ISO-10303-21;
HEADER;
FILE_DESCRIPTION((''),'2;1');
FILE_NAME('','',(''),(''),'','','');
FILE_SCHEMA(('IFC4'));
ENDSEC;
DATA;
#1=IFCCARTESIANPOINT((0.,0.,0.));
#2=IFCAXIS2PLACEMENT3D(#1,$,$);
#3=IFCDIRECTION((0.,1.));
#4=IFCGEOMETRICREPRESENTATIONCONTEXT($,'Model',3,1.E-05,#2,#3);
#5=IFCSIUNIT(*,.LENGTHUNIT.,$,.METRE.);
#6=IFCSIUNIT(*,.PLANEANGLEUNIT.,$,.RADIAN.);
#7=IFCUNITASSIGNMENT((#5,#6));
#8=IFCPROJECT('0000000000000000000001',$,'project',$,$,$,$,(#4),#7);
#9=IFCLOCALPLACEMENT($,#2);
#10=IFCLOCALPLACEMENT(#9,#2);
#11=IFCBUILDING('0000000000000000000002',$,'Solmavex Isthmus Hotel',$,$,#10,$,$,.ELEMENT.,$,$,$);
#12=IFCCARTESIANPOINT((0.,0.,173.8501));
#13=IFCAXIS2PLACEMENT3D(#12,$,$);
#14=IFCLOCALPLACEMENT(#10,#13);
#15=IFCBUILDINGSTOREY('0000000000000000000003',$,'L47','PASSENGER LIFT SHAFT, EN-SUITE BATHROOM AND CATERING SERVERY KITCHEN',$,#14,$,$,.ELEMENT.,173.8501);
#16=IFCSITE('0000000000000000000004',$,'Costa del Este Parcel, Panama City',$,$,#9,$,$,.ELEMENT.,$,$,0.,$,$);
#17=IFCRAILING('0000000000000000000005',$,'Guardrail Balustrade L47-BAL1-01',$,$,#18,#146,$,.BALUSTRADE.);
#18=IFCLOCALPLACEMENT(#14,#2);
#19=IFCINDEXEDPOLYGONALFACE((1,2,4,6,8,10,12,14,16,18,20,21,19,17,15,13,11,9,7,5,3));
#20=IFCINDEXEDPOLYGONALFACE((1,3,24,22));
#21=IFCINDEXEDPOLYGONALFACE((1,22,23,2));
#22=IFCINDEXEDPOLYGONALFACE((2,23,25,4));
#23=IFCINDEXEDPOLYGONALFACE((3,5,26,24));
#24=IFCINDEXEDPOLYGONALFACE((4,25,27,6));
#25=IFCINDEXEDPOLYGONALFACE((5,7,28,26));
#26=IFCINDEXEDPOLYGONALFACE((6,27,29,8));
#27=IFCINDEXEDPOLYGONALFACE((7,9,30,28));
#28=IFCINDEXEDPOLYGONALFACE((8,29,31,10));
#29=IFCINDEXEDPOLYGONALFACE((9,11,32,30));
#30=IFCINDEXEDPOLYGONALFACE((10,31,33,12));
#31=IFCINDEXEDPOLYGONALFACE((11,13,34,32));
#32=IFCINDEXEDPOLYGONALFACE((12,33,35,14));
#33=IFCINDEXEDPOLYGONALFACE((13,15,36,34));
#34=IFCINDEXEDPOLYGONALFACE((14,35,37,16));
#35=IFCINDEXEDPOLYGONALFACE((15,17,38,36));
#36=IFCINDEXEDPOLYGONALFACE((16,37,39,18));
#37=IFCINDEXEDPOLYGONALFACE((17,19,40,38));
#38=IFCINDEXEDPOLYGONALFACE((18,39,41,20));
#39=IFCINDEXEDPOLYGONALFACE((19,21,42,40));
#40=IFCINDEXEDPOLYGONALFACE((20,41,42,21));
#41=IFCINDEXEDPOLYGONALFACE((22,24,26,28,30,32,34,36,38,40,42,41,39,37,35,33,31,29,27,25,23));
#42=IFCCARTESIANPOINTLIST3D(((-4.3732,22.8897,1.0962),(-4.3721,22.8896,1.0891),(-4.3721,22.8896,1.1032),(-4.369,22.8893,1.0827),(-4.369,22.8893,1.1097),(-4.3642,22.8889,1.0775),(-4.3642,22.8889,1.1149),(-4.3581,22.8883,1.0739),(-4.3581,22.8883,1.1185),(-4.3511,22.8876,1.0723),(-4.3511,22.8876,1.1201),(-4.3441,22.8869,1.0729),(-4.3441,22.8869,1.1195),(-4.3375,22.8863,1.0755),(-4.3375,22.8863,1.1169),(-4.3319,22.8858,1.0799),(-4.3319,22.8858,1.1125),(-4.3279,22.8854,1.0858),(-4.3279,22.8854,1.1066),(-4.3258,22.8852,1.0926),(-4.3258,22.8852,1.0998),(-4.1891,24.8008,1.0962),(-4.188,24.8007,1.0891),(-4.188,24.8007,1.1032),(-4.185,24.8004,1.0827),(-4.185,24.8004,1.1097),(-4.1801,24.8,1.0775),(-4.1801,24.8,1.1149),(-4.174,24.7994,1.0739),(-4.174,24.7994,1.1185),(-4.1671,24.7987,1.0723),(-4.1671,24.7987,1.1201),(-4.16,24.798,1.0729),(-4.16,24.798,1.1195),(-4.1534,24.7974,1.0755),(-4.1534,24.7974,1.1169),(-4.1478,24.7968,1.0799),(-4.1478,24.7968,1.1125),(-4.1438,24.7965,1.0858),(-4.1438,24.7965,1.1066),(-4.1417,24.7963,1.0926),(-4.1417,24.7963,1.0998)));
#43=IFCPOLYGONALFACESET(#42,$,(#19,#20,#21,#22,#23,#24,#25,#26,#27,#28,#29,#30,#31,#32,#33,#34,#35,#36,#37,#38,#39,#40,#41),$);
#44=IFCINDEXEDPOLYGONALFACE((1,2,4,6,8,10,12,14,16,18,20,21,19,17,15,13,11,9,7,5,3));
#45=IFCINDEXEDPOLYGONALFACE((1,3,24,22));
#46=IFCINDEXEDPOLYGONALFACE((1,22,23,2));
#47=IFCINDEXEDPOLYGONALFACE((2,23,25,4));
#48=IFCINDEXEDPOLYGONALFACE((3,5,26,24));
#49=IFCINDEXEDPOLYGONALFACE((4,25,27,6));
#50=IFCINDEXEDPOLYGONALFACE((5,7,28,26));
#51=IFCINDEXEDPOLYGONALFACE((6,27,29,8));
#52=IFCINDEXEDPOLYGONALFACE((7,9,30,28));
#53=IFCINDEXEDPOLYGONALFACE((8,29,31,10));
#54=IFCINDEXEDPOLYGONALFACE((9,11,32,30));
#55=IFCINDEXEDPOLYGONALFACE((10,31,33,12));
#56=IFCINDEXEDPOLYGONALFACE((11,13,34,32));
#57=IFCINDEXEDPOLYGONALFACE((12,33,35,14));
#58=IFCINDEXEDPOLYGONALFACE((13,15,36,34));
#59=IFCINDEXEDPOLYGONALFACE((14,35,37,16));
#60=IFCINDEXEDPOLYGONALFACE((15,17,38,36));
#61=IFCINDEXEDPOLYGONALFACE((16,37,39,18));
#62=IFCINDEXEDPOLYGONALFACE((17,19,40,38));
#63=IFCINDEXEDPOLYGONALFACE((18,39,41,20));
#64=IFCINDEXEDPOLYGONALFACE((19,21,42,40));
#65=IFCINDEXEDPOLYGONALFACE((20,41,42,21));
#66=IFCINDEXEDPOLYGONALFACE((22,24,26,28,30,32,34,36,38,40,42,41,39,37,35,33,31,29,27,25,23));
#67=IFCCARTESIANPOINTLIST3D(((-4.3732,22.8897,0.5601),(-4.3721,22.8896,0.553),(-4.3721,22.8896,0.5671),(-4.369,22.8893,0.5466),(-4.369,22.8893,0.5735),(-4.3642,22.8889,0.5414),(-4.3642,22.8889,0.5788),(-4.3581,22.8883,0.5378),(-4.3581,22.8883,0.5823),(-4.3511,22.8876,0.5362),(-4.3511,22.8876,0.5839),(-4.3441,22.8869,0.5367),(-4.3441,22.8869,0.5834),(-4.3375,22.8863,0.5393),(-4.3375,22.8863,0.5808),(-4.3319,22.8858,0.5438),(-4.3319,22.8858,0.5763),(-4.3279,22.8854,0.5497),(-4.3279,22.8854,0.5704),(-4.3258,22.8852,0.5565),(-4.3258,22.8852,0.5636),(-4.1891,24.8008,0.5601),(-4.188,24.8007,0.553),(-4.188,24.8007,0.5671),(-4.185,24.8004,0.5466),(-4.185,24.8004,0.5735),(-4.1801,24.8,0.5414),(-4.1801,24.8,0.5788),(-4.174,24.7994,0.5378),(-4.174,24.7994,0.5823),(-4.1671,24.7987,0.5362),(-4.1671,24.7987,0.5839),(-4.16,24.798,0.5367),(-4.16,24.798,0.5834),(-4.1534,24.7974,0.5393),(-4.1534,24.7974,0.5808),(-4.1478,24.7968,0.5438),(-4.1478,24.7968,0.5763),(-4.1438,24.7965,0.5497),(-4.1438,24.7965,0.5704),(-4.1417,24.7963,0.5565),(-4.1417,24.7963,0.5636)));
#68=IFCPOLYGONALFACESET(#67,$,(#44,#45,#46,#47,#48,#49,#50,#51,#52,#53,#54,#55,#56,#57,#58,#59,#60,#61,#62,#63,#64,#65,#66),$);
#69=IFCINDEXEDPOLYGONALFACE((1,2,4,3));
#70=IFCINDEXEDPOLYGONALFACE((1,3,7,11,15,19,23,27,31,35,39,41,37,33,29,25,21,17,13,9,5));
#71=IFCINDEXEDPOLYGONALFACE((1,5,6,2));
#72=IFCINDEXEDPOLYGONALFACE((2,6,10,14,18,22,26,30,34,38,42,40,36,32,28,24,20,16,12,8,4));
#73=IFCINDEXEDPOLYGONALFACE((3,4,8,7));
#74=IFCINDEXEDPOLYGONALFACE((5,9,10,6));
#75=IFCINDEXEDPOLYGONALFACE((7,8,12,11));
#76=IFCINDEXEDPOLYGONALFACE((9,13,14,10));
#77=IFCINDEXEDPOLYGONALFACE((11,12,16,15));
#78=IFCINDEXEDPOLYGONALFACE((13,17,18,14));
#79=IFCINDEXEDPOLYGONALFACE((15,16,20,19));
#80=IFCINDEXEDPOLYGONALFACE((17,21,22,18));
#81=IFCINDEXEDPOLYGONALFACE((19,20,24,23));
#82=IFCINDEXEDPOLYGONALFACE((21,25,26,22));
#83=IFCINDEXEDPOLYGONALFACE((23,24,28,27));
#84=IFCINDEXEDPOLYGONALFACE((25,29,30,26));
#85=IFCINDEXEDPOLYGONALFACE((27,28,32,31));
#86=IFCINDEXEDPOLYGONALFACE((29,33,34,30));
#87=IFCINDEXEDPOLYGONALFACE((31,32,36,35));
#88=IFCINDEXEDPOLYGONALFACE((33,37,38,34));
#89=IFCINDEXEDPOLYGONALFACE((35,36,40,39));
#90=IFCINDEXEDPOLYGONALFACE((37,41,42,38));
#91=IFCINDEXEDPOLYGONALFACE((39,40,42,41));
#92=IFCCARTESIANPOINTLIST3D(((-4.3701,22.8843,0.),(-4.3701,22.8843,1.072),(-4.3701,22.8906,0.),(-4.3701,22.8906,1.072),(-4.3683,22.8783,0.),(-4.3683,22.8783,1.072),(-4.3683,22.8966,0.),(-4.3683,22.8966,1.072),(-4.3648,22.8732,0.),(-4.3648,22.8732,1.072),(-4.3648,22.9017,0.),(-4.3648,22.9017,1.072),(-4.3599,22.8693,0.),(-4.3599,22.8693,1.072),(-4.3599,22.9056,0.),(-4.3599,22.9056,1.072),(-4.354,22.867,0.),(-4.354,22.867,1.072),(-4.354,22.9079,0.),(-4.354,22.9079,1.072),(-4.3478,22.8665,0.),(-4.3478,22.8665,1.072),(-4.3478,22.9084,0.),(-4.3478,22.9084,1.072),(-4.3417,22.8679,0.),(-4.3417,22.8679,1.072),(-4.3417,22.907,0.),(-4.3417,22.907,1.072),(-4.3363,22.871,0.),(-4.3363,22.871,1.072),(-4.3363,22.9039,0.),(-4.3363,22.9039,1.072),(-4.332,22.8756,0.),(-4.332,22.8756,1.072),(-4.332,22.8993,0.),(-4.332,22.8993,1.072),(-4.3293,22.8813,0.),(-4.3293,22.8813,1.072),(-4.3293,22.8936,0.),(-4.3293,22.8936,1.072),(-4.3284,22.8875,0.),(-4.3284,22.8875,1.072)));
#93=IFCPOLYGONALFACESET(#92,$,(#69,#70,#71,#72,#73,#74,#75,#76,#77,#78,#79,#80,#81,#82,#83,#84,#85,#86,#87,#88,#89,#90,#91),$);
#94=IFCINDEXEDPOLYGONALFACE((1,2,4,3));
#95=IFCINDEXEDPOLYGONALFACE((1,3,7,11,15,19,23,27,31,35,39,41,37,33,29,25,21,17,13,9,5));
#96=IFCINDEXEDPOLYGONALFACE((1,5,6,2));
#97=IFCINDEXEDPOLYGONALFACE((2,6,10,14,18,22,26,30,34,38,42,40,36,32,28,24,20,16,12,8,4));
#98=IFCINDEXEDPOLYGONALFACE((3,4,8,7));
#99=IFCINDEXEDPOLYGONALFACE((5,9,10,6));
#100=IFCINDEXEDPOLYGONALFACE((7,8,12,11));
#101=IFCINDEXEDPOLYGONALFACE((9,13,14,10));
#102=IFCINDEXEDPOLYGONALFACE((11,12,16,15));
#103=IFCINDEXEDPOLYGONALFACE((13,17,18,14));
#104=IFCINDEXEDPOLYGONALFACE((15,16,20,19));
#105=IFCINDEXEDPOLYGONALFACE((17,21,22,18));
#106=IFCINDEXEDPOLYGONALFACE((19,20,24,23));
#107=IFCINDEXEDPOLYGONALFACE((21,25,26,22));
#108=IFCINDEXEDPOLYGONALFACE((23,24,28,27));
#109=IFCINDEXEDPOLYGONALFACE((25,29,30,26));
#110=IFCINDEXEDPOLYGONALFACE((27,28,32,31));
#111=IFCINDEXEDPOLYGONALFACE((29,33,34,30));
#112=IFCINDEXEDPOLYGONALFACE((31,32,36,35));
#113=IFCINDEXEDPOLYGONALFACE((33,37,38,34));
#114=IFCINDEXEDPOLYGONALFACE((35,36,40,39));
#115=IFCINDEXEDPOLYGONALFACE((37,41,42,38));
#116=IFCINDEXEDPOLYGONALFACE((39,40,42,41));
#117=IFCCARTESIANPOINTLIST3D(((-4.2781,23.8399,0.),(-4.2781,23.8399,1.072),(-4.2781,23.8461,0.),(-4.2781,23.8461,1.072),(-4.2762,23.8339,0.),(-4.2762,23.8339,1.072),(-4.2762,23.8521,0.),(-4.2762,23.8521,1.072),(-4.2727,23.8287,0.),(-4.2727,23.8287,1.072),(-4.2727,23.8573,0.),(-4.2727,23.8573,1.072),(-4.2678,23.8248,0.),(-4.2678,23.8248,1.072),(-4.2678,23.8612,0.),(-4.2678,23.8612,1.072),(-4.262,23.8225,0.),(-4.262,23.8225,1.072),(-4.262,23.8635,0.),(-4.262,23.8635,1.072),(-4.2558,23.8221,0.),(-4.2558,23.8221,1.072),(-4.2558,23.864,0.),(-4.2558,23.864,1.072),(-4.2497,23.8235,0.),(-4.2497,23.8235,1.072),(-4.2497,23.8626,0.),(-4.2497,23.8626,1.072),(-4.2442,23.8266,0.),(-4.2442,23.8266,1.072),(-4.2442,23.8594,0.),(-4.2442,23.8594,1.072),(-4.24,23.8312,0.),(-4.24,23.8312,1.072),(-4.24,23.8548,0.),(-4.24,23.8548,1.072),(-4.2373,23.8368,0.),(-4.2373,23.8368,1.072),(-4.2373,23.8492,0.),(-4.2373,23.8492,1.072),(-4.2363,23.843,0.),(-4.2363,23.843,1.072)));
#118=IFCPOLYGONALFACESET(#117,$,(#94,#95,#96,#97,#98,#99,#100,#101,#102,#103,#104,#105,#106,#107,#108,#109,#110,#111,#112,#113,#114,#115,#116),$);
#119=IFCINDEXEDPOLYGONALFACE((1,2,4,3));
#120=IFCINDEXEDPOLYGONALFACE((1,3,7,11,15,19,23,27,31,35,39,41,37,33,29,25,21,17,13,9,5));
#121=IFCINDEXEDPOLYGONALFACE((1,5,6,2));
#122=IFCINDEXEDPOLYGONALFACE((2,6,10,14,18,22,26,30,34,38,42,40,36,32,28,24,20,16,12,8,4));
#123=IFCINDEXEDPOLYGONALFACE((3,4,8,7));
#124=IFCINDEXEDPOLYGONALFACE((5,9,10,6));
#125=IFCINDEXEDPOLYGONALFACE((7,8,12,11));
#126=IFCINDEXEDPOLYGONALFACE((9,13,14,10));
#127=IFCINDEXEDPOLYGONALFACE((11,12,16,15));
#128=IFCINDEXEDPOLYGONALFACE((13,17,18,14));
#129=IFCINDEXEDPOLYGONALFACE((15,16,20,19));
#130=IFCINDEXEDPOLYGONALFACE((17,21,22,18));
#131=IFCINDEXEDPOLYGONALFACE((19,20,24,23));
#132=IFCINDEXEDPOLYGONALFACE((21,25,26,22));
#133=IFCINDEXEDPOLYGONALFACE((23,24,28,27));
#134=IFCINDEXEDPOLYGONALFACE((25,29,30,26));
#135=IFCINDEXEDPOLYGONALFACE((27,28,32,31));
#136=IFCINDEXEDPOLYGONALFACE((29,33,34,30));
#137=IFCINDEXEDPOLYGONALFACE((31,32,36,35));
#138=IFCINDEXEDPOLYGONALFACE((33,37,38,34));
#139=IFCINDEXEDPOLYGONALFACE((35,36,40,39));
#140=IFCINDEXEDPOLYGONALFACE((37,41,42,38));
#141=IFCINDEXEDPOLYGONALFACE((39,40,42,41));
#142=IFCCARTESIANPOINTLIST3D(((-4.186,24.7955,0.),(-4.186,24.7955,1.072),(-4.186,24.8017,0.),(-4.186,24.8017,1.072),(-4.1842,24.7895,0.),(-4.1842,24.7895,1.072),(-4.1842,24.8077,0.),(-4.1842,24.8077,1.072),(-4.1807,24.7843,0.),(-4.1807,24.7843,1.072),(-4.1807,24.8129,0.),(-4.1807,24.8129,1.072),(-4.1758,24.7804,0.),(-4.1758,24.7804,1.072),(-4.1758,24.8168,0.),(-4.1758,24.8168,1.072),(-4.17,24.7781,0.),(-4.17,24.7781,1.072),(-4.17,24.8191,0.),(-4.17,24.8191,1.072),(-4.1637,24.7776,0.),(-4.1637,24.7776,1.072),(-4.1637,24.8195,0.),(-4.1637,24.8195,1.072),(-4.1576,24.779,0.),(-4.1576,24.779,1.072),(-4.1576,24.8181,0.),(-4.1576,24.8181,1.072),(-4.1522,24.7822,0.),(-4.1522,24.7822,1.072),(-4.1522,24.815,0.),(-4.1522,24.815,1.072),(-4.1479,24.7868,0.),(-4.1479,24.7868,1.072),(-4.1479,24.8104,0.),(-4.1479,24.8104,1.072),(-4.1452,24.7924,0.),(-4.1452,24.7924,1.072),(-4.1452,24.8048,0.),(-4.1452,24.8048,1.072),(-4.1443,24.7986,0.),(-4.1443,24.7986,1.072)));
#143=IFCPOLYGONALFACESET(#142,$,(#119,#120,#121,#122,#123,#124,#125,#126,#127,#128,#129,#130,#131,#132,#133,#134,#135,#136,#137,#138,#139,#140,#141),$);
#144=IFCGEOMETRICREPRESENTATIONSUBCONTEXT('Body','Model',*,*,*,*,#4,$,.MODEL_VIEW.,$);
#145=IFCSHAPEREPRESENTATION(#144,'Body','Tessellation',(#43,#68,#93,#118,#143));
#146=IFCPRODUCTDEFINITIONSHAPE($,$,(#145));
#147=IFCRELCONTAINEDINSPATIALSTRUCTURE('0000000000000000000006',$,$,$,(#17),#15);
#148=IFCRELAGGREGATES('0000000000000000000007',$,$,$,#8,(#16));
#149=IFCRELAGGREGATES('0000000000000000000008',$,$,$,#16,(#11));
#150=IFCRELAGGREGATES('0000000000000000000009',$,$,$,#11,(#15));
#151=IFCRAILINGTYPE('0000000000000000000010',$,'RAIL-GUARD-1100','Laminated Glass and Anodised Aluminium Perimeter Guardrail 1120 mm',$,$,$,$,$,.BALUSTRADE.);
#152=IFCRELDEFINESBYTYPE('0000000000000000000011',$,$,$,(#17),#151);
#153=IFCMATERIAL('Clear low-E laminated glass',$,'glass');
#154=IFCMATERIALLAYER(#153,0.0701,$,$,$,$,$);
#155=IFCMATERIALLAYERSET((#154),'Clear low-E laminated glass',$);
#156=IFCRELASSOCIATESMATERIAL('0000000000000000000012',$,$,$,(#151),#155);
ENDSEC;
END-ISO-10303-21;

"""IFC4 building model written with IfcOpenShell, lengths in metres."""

from ifc_helpers import new_model, si_unit, direction, frame, origin, origin_2d, place, context, subcontext, project, spatial, circle, extrude, material, layer, layer_set, type_object, element, save


model = new_model("IFC4")

# Units and contexts
model_context = context("Model", 3, precision=1e-05, world=origin(), true_north=direction((0.0, 1.0)))
body_context = subcontext(model_context, "Body", "Model", "MODEL_VIEW")
ifc_project = project(units=[si_unit("LENGTHUNIT", "METRE"), si_unit("PLANEANGLEUNIT", "RADIAN")], contexts=[model_context])

# Site, building, storey
site_placement = place(None, origin())
site = spatial("IfcSite", under=ifc_project, at=site_placement, Name="Costa del Este Parcel, Panama City", CompositionType="ELEMENT", RefElevation=0.0)
building_placement = place(site_placement, origin())
building = spatial("IfcBuilding", under=site, at=building_placement, Name="Solmavex Isthmus Hotel", CompositionType="ELEMENT")
storey_placement = place(building_placement, frame((0.0, 0.0, 173.8501)))
storey = spatial("IfcBuildingStorey", under=building, at=storey_placement, Name="L47", Description="PASSENGER LIFT SHAFT, EN-SUITE BATHROOM AND CATERING SERVERY KITCHEN", CompositionType="ELEMENT", Elevation=173.8501)

# Shared definitions
ifc_material_1 = material(Name="Clear low-E laminated glass", Category="glass")

# Railing
ifc_layer_1 = layer(ifc_material_1, 0.0701)
ifc_layer_set_1 = layer_set([ifc_layer_1], Name="Clear low-E laminated glass")
railing_type = type_object("IfcRailingType", Name="RAIL-GUARD-1100", Description="Laminated Glass and Anodised Aluminium Perimeter Guardrail 1120 mm", PredefinedType="BALUSTRADE", material=ifc_layer_set_1)
railing_1_placement = place(storey_placement, frame((-4.3494, 22.8875, 0.0)))
element("IfcRailing", 1, at=railing_1_placement, inside=storey, type_object=railing_type, Name="Guardrail Balustrade L47-BAL1-01", PredefinedType="BALUSTRADE", context=body_context, shape_type="SweptSolid", body=[
    extrude(circle(Radius=0.0239, at=origin_2d()), frame((0.0, 0.0, 1.0962), z_axis=(0.095877, 0.995393, 0.0), x_axis=(-0.995393, 0.095877, 0.0)), (0.0, 0.0, 1.0), 1.9199),
    extrude(circle(Radius=0.0239, at=origin_2d()), frame((0.0, 0.0, 0.5601), z_axis=(0.095877, 0.995393, 0.0), x_axis=(-0.995393, 0.095877, 0.0)), (0.0, 0.0, 1.0), 1.9199),
    extrude(circle(Radius=0.021, at=origin_2d()), origin(), (0.0, 0.0, 1.0), 1.072),
    extrude(circle(Radius=0.021, at=origin_2d()), frame((0.092, 0.9556, 0.0)), (0.0, 0.0, 1.0), 1.072),
    extrude(circle(Radius=0.021, at=origin_2d()), frame((0.1841, 1.9111, 0.0)), (0.0, 0.0, 1.0), 1.072),
])

save(model, "model.ifc")
